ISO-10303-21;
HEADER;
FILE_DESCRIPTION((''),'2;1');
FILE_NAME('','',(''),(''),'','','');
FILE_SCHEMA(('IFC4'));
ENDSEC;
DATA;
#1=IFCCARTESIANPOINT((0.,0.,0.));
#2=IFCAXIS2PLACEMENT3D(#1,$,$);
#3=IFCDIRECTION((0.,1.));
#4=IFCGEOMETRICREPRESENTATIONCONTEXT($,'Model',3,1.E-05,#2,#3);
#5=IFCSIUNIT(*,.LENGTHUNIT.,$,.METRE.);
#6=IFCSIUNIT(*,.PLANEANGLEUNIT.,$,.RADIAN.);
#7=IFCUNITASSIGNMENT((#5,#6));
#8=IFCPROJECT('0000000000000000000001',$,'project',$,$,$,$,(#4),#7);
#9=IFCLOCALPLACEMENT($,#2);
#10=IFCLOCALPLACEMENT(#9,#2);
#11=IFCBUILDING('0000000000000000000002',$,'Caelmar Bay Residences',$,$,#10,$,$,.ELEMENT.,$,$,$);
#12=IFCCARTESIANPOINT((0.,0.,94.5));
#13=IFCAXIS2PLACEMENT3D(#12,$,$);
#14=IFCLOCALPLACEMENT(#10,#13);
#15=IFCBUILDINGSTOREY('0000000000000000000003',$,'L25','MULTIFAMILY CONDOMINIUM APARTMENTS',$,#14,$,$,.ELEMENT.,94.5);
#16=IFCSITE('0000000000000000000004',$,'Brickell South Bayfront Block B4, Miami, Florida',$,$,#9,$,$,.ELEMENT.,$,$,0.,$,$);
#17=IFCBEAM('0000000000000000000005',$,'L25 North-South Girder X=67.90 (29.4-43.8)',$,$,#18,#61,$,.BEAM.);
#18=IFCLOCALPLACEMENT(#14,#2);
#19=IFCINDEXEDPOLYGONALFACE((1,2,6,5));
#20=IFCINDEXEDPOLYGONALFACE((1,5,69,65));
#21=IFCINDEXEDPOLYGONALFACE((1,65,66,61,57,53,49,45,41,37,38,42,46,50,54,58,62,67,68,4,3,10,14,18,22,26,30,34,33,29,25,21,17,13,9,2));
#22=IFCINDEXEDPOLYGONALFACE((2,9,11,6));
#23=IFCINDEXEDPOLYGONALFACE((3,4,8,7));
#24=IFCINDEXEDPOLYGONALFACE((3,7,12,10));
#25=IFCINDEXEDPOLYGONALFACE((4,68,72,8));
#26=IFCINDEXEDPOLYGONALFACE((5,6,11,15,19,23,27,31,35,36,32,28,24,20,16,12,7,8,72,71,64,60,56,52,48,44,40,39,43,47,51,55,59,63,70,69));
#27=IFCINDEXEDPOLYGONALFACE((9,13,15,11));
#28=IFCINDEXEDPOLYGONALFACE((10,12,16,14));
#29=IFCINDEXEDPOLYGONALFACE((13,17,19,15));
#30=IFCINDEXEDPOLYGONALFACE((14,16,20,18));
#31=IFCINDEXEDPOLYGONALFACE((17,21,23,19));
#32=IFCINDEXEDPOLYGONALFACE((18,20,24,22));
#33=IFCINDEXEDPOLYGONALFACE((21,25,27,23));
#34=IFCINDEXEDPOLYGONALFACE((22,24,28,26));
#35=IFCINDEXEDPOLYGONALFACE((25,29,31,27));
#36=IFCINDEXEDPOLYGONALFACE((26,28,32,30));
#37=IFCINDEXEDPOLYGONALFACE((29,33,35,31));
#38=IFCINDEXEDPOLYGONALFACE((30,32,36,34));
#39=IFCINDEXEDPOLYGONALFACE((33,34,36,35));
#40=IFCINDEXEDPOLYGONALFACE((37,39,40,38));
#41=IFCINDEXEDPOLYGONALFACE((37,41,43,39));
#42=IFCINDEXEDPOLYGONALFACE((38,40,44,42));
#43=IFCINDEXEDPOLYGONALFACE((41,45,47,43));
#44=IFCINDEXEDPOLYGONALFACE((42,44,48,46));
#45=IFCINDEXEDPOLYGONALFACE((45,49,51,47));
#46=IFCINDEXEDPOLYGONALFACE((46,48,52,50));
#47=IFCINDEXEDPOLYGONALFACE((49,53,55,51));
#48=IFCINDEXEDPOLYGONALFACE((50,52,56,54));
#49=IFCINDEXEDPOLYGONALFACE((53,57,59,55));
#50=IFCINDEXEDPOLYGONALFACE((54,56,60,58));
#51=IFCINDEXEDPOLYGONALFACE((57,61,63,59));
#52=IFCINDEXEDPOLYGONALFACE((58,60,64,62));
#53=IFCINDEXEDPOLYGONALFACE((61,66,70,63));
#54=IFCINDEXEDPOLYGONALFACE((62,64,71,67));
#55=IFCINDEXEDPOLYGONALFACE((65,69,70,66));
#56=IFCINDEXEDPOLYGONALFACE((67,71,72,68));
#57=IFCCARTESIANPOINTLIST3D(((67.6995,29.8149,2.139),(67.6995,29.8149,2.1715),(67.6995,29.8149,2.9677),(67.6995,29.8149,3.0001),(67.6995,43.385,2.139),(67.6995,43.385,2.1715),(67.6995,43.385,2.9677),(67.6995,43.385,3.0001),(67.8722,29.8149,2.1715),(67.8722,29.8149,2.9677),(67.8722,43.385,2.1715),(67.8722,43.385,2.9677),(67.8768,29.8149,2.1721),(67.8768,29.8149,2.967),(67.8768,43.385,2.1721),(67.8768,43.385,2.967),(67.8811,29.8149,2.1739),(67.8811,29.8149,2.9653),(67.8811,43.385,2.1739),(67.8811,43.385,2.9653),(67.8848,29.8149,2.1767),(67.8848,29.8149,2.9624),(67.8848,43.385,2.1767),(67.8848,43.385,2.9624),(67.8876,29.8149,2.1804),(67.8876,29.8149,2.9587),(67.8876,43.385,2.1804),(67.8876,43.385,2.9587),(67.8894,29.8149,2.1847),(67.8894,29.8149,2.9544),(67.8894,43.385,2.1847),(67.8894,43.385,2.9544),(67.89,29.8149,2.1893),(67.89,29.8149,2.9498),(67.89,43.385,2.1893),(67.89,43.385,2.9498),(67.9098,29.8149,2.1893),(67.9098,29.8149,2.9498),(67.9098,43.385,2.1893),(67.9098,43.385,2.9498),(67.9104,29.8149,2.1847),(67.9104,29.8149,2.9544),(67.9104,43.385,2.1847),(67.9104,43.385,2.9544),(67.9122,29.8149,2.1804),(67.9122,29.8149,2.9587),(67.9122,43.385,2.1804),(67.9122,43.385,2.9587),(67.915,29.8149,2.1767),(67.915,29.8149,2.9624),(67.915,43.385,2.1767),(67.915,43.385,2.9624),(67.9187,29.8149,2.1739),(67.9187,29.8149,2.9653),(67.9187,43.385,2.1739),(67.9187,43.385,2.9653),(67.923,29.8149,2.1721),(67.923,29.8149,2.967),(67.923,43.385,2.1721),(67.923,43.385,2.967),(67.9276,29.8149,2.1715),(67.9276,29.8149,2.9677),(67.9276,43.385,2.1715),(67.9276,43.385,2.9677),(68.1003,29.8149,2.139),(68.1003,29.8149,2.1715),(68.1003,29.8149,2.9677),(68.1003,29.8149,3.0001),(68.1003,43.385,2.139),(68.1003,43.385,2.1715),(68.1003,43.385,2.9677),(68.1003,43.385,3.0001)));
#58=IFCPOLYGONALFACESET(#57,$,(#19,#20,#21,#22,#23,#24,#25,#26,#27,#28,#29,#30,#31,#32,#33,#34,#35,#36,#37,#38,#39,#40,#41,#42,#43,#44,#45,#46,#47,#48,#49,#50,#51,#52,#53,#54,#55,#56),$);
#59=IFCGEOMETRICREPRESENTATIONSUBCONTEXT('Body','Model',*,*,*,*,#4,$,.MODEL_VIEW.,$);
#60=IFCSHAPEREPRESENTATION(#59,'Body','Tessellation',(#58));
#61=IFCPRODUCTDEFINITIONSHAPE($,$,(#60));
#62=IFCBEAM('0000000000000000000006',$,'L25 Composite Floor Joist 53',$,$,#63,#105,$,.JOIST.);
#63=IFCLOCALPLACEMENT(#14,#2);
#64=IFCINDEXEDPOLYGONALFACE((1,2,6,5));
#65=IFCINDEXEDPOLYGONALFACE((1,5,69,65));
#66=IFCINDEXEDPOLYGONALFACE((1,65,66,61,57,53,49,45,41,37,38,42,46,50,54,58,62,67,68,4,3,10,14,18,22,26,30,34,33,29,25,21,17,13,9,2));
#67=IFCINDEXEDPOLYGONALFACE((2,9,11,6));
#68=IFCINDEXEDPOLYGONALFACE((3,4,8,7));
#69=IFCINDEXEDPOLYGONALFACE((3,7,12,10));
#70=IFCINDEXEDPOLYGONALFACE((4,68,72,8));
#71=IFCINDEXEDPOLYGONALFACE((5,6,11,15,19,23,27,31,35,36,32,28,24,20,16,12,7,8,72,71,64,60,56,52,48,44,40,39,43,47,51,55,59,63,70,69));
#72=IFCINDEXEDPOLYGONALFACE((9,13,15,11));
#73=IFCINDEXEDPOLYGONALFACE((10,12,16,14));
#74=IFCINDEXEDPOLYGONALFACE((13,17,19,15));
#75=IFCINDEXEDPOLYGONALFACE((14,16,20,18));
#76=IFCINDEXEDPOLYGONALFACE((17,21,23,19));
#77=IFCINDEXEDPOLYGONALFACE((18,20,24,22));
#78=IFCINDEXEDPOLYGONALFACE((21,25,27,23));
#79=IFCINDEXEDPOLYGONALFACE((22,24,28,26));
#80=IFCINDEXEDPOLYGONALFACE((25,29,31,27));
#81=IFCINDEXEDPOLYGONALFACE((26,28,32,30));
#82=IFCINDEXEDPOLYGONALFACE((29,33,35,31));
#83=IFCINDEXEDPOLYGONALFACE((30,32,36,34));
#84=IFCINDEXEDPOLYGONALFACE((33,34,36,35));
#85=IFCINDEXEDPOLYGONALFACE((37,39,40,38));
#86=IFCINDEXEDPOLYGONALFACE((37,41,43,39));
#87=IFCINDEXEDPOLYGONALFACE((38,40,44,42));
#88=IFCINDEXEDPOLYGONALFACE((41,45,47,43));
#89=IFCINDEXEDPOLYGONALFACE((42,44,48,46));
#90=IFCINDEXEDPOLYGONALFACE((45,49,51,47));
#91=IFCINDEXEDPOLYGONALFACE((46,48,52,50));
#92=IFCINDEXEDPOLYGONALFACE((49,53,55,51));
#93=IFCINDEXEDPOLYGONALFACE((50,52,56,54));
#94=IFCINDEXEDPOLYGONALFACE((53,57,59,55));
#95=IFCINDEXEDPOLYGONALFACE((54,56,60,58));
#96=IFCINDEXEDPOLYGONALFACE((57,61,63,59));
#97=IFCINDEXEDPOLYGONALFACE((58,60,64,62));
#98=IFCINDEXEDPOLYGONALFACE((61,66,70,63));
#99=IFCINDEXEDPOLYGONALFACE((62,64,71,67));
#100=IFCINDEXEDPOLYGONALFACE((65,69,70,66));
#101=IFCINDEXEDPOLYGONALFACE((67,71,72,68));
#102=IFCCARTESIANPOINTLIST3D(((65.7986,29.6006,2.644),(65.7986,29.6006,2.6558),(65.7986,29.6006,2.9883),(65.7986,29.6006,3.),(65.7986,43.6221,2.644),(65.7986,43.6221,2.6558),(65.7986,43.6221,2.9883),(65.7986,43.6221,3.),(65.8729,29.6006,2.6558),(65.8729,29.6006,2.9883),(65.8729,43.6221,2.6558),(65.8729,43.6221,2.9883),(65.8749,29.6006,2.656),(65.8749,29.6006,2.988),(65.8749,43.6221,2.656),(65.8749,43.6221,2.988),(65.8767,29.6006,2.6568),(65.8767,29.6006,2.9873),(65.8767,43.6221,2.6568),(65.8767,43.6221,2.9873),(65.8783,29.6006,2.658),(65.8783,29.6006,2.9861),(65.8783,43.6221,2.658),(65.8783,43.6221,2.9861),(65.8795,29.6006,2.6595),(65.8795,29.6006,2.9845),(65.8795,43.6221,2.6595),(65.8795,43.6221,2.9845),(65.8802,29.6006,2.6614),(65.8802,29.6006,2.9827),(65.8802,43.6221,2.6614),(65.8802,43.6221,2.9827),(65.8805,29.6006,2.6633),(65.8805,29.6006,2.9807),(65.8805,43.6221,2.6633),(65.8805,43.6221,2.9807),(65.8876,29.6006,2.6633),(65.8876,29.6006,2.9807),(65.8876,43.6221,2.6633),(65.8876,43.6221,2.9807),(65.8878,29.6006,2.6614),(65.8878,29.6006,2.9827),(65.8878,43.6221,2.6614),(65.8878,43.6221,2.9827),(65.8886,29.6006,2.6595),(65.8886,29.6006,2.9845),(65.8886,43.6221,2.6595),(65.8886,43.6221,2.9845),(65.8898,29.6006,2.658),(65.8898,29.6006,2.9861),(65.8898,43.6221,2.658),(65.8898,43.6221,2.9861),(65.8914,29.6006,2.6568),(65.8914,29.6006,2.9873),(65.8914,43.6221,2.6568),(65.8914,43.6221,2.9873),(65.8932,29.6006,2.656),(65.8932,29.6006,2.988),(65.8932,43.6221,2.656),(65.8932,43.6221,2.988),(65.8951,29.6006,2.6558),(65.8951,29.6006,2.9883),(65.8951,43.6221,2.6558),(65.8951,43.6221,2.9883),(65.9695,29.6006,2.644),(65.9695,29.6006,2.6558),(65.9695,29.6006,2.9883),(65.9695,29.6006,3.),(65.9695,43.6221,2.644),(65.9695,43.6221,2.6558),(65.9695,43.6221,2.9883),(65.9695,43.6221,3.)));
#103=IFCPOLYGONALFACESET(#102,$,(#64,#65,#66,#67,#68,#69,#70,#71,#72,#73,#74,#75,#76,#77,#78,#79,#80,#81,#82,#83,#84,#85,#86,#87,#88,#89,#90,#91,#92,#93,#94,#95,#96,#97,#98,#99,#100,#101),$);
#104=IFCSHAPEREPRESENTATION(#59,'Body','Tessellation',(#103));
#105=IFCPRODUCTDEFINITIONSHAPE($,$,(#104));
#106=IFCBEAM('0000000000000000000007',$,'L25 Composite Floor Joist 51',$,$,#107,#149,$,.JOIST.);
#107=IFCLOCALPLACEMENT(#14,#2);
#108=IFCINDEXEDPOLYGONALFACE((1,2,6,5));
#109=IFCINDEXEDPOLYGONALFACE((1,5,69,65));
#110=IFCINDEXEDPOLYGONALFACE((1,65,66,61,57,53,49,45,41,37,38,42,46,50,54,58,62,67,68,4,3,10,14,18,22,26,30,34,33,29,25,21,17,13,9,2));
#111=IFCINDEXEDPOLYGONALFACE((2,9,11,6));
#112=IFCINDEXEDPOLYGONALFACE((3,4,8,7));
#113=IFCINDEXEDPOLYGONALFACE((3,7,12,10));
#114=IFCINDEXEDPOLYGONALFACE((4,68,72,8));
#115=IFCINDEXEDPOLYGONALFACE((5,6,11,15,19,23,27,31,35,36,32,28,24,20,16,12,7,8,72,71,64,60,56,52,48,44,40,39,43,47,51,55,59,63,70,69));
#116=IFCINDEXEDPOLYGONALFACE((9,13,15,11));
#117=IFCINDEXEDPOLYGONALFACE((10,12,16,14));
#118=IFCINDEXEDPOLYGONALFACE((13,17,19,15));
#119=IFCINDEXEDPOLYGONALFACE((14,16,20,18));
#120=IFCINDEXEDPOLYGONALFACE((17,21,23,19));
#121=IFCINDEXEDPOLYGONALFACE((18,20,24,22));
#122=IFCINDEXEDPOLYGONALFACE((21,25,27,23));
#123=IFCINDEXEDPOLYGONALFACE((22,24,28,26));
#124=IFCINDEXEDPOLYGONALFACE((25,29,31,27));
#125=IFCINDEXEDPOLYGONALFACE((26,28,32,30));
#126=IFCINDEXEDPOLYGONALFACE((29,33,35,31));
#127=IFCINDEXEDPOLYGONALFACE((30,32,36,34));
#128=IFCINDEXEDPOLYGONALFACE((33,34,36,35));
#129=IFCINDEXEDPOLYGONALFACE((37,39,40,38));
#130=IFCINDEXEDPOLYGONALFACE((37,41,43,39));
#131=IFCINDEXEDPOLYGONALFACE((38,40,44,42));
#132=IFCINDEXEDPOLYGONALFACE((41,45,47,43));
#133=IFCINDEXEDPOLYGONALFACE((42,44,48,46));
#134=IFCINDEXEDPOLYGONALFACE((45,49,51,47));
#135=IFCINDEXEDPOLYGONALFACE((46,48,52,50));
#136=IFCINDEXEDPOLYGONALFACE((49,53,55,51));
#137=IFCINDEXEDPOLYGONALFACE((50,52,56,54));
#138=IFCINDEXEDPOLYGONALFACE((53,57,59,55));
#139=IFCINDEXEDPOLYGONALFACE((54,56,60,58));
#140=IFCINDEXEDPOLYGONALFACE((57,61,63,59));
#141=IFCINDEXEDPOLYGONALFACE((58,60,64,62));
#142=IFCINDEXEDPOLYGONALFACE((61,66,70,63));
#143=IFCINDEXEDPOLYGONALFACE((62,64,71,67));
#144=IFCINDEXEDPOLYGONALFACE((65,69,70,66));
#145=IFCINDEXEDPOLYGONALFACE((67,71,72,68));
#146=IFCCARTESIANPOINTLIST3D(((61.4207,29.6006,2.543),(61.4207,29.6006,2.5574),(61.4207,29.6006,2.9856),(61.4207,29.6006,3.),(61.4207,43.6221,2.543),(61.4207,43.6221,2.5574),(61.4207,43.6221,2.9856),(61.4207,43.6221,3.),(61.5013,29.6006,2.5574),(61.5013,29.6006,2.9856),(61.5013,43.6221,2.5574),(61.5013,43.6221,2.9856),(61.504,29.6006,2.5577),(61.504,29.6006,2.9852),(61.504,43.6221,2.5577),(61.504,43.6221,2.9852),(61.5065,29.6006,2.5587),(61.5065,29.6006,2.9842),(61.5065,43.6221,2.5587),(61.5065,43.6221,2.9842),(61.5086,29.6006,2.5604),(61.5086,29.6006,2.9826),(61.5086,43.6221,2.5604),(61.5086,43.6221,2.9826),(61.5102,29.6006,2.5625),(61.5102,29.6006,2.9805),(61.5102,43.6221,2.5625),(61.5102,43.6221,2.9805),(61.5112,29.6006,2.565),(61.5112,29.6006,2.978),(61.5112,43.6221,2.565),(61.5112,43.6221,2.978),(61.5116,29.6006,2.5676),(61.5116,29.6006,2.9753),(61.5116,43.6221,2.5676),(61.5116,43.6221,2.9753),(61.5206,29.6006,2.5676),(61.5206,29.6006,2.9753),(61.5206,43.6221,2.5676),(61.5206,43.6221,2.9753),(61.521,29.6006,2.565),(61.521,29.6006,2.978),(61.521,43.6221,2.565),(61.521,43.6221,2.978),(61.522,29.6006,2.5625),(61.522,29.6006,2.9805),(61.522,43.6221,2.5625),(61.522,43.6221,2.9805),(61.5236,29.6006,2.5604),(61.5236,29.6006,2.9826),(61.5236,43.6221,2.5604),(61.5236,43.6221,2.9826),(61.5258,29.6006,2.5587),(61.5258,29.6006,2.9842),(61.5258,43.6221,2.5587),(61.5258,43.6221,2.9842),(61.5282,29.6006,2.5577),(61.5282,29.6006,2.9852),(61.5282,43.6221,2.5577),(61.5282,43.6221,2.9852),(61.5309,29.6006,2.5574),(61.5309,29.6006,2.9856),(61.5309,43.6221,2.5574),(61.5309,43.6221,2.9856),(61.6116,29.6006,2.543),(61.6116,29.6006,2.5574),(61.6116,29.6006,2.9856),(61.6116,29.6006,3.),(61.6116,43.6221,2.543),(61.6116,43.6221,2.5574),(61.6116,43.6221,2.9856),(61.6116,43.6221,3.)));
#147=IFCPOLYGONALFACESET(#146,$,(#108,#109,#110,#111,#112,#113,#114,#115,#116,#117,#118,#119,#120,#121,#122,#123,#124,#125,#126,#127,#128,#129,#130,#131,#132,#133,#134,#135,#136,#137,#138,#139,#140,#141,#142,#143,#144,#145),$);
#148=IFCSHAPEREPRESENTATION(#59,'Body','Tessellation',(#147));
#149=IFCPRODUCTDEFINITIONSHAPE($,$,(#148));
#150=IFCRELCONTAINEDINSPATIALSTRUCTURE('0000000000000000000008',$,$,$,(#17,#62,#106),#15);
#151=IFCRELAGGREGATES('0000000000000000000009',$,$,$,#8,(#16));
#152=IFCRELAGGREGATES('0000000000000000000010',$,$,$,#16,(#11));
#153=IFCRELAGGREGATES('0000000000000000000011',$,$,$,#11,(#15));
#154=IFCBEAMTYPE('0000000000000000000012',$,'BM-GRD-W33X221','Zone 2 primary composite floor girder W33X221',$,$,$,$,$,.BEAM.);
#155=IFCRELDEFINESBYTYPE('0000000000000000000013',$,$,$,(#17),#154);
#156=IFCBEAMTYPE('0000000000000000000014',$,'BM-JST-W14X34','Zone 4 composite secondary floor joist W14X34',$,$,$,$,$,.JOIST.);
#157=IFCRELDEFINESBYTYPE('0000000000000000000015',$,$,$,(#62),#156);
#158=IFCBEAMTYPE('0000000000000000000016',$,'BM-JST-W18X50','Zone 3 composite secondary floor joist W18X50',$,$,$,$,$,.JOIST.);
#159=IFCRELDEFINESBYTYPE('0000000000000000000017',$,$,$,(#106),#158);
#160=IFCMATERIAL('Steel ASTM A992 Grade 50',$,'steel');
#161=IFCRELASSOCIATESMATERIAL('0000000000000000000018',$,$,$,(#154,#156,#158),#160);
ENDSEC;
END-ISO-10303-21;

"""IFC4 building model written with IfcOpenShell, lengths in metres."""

from ifc_helpers import new_model, si_unit, direction, frame, origin, origin_2d, place, context, subcontext, project, spatial, i_section, extrude, material, material_profile, profile_set, type_object, element, save


model = new_model("IFC4")

# Units and contexts
model_context = context("Model", 3, precision=1e-05, world=origin(), true_north=direction((0.0, 1.0)))
body_context = subcontext(model_context, "Body", "Model", "MODEL_VIEW")
ifc_project = project(units=[si_unit("LENGTHUNIT", "METRE"), si_unit("PLANEANGLEUNIT", "RADIAN")], contexts=[model_context])

# Site, building, storey
site_placement = place(None, origin())
site = spatial("IfcSite", under=ifc_project, at=site_placement, Name="Brickell South Bayfront Block B4, Miami, Florida", CompositionType="ELEMENT", RefElevation=0.0)
building_placement = place(site_placement, origin())
building = spatial("IfcBuilding", under=site, at=building_placement, Name="Caelmar Bay Residences", CompositionType="ELEMENT")
storey_placement = place(building_placement, frame((0.0, 0.0, 94.5)))
storey = spatial("IfcBuildingStorey", under=building, at=storey_placement, Name="L25", Description="MULTIFAMILY CONDOMINIUM APARTMENTS", CompositionType="ELEMENT", Elevation=94.5)

# Beams
ifc_material_1 = material(Name="Steel ASTM A992 Grade 50", Category="steel")
ifc_material_profile_1 = material_profile(ifc_material_1, i_section(OverallWidth=0.4009, OverallDepth=0.8611, WebThickness=0.0198, FlangeThickness=0.0325, FilletRadius=0.0178, at=origin_2d()), Name="W33X221")
ifc_profile_set_1 = profile_set([ifc_material_profile_1], Name="Steel ASTM A992 Grade 50")
beam_type_1 = type_object("IfcBeamType", Name="BM-GRD-W33X221", Description="Zone 2 primary composite floor girder W33X221", PredefinedType="BEAM", material=ifc_profile_set_1)
beam_1_placement = place(storey_placement, frame((67.8999, 29.8149, 2.5696), z_axis=(0.0, 1.0, 0.0), x_axis=(-1.0, 0.0, 0.0)))
element("IfcBeam", 1, at=beam_1_placement, inside=storey, type_object=beam_type_1, Name="L25 North-South Girder X=67.90 (29.4-43.8)", PredefinedType="BEAM", context=body_context, shape_type="SweptSolid", body=[
    extrude(i_section(OverallWidth=0.4009, OverallDepth=0.8611, WebThickness=0.0198, FlangeThickness=0.0325, FilletRadius=0.0178, at=origin_2d()), origin(), (0.0, 0.0, 1.0), 13.5701),
])
ifc_material_profile_2 = material_profile(ifc_material_1, i_section(OverallWidth=0.1709, OverallDepth=0.356, WebThickness=0.0071, FlangeThickness=0.0117, FilletRadius=0.0076, at=origin_2d()), Name="W14X34")
ifc_profile_set_2 = profile_set([ifc_material_profile_2], Name="Steel ASTM A992 Grade 50")
beam_type_2 = type_object("IfcBeamType", Name="BM-JST-W14X34", Description="Zone 4 composite secondary floor joist W14X34", PredefinedType="JOIST", material=ifc_profile_set_2)
beam_2_placement = place(storey_placement, frame((65.884, 29.6006, 2.822), z_axis=(0.0, 1.0, 0.0), x_axis=(-1.0, 0.0, 0.0)))
element("IfcBeam", 2, at=beam_2_placement, inside=storey, type_object=beam_type_2, Name="L25 Composite Floor Joist 53", PredefinedType="JOIST", context=body_context, shape_type="SweptSolid", body=[
    extrude(i_section(OverallWidth=0.1709, OverallDepth=0.356, WebThickness=0.0071, FlangeThickness=0.0117, FilletRadius=0.0076, at=origin_2d()), origin(), (0.0, 0.0, 1.0), 14.0215),
])
ifc_material_profile_3 = material_profile(ifc_material_1, i_section(OverallWidth=0.1909, OverallDepth=0.457, WebThickness=0.009, FlangeThickness=0.0144, FilletRadius=0.0103, at=origin_2d()), Name="W18X50")
ifc_profile_set_3 = profile_set([ifc_material_profile_3], Name="Steel ASTM A992 Grade 50")
beam_type_3 = type_object("IfcBeamType", Name="BM-JST-W18X50", Description="Zone 3 composite secondary floor joist W18X50", PredefinedType="JOIST", material=ifc_profile_set_3)
beam_3_placement = place(storey_placement, frame((61.5161, 29.6006, 2.7715), z_axis=(0.0, 1.0, 0.0), x_axis=(-1.0, 0.0, 0.0)))
element("IfcBeam", 3, at=beam_3_placement, inside=storey, type_object=beam_type_3, Name="L25 Composite Floor Joist 51", PredefinedType="JOIST", context=body_context, shape_type="SweptSolid", body=[
    extrude(i_section(OverallWidth=0.1909, OverallDepth=0.457, WebThickness=0.009, FlangeThickness=0.0144, FilletRadius=0.0103, at=origin_2d()), origin(), (0.0, 0.0, 1.0), 14.0215),
])

save(model, "model.ifc")
